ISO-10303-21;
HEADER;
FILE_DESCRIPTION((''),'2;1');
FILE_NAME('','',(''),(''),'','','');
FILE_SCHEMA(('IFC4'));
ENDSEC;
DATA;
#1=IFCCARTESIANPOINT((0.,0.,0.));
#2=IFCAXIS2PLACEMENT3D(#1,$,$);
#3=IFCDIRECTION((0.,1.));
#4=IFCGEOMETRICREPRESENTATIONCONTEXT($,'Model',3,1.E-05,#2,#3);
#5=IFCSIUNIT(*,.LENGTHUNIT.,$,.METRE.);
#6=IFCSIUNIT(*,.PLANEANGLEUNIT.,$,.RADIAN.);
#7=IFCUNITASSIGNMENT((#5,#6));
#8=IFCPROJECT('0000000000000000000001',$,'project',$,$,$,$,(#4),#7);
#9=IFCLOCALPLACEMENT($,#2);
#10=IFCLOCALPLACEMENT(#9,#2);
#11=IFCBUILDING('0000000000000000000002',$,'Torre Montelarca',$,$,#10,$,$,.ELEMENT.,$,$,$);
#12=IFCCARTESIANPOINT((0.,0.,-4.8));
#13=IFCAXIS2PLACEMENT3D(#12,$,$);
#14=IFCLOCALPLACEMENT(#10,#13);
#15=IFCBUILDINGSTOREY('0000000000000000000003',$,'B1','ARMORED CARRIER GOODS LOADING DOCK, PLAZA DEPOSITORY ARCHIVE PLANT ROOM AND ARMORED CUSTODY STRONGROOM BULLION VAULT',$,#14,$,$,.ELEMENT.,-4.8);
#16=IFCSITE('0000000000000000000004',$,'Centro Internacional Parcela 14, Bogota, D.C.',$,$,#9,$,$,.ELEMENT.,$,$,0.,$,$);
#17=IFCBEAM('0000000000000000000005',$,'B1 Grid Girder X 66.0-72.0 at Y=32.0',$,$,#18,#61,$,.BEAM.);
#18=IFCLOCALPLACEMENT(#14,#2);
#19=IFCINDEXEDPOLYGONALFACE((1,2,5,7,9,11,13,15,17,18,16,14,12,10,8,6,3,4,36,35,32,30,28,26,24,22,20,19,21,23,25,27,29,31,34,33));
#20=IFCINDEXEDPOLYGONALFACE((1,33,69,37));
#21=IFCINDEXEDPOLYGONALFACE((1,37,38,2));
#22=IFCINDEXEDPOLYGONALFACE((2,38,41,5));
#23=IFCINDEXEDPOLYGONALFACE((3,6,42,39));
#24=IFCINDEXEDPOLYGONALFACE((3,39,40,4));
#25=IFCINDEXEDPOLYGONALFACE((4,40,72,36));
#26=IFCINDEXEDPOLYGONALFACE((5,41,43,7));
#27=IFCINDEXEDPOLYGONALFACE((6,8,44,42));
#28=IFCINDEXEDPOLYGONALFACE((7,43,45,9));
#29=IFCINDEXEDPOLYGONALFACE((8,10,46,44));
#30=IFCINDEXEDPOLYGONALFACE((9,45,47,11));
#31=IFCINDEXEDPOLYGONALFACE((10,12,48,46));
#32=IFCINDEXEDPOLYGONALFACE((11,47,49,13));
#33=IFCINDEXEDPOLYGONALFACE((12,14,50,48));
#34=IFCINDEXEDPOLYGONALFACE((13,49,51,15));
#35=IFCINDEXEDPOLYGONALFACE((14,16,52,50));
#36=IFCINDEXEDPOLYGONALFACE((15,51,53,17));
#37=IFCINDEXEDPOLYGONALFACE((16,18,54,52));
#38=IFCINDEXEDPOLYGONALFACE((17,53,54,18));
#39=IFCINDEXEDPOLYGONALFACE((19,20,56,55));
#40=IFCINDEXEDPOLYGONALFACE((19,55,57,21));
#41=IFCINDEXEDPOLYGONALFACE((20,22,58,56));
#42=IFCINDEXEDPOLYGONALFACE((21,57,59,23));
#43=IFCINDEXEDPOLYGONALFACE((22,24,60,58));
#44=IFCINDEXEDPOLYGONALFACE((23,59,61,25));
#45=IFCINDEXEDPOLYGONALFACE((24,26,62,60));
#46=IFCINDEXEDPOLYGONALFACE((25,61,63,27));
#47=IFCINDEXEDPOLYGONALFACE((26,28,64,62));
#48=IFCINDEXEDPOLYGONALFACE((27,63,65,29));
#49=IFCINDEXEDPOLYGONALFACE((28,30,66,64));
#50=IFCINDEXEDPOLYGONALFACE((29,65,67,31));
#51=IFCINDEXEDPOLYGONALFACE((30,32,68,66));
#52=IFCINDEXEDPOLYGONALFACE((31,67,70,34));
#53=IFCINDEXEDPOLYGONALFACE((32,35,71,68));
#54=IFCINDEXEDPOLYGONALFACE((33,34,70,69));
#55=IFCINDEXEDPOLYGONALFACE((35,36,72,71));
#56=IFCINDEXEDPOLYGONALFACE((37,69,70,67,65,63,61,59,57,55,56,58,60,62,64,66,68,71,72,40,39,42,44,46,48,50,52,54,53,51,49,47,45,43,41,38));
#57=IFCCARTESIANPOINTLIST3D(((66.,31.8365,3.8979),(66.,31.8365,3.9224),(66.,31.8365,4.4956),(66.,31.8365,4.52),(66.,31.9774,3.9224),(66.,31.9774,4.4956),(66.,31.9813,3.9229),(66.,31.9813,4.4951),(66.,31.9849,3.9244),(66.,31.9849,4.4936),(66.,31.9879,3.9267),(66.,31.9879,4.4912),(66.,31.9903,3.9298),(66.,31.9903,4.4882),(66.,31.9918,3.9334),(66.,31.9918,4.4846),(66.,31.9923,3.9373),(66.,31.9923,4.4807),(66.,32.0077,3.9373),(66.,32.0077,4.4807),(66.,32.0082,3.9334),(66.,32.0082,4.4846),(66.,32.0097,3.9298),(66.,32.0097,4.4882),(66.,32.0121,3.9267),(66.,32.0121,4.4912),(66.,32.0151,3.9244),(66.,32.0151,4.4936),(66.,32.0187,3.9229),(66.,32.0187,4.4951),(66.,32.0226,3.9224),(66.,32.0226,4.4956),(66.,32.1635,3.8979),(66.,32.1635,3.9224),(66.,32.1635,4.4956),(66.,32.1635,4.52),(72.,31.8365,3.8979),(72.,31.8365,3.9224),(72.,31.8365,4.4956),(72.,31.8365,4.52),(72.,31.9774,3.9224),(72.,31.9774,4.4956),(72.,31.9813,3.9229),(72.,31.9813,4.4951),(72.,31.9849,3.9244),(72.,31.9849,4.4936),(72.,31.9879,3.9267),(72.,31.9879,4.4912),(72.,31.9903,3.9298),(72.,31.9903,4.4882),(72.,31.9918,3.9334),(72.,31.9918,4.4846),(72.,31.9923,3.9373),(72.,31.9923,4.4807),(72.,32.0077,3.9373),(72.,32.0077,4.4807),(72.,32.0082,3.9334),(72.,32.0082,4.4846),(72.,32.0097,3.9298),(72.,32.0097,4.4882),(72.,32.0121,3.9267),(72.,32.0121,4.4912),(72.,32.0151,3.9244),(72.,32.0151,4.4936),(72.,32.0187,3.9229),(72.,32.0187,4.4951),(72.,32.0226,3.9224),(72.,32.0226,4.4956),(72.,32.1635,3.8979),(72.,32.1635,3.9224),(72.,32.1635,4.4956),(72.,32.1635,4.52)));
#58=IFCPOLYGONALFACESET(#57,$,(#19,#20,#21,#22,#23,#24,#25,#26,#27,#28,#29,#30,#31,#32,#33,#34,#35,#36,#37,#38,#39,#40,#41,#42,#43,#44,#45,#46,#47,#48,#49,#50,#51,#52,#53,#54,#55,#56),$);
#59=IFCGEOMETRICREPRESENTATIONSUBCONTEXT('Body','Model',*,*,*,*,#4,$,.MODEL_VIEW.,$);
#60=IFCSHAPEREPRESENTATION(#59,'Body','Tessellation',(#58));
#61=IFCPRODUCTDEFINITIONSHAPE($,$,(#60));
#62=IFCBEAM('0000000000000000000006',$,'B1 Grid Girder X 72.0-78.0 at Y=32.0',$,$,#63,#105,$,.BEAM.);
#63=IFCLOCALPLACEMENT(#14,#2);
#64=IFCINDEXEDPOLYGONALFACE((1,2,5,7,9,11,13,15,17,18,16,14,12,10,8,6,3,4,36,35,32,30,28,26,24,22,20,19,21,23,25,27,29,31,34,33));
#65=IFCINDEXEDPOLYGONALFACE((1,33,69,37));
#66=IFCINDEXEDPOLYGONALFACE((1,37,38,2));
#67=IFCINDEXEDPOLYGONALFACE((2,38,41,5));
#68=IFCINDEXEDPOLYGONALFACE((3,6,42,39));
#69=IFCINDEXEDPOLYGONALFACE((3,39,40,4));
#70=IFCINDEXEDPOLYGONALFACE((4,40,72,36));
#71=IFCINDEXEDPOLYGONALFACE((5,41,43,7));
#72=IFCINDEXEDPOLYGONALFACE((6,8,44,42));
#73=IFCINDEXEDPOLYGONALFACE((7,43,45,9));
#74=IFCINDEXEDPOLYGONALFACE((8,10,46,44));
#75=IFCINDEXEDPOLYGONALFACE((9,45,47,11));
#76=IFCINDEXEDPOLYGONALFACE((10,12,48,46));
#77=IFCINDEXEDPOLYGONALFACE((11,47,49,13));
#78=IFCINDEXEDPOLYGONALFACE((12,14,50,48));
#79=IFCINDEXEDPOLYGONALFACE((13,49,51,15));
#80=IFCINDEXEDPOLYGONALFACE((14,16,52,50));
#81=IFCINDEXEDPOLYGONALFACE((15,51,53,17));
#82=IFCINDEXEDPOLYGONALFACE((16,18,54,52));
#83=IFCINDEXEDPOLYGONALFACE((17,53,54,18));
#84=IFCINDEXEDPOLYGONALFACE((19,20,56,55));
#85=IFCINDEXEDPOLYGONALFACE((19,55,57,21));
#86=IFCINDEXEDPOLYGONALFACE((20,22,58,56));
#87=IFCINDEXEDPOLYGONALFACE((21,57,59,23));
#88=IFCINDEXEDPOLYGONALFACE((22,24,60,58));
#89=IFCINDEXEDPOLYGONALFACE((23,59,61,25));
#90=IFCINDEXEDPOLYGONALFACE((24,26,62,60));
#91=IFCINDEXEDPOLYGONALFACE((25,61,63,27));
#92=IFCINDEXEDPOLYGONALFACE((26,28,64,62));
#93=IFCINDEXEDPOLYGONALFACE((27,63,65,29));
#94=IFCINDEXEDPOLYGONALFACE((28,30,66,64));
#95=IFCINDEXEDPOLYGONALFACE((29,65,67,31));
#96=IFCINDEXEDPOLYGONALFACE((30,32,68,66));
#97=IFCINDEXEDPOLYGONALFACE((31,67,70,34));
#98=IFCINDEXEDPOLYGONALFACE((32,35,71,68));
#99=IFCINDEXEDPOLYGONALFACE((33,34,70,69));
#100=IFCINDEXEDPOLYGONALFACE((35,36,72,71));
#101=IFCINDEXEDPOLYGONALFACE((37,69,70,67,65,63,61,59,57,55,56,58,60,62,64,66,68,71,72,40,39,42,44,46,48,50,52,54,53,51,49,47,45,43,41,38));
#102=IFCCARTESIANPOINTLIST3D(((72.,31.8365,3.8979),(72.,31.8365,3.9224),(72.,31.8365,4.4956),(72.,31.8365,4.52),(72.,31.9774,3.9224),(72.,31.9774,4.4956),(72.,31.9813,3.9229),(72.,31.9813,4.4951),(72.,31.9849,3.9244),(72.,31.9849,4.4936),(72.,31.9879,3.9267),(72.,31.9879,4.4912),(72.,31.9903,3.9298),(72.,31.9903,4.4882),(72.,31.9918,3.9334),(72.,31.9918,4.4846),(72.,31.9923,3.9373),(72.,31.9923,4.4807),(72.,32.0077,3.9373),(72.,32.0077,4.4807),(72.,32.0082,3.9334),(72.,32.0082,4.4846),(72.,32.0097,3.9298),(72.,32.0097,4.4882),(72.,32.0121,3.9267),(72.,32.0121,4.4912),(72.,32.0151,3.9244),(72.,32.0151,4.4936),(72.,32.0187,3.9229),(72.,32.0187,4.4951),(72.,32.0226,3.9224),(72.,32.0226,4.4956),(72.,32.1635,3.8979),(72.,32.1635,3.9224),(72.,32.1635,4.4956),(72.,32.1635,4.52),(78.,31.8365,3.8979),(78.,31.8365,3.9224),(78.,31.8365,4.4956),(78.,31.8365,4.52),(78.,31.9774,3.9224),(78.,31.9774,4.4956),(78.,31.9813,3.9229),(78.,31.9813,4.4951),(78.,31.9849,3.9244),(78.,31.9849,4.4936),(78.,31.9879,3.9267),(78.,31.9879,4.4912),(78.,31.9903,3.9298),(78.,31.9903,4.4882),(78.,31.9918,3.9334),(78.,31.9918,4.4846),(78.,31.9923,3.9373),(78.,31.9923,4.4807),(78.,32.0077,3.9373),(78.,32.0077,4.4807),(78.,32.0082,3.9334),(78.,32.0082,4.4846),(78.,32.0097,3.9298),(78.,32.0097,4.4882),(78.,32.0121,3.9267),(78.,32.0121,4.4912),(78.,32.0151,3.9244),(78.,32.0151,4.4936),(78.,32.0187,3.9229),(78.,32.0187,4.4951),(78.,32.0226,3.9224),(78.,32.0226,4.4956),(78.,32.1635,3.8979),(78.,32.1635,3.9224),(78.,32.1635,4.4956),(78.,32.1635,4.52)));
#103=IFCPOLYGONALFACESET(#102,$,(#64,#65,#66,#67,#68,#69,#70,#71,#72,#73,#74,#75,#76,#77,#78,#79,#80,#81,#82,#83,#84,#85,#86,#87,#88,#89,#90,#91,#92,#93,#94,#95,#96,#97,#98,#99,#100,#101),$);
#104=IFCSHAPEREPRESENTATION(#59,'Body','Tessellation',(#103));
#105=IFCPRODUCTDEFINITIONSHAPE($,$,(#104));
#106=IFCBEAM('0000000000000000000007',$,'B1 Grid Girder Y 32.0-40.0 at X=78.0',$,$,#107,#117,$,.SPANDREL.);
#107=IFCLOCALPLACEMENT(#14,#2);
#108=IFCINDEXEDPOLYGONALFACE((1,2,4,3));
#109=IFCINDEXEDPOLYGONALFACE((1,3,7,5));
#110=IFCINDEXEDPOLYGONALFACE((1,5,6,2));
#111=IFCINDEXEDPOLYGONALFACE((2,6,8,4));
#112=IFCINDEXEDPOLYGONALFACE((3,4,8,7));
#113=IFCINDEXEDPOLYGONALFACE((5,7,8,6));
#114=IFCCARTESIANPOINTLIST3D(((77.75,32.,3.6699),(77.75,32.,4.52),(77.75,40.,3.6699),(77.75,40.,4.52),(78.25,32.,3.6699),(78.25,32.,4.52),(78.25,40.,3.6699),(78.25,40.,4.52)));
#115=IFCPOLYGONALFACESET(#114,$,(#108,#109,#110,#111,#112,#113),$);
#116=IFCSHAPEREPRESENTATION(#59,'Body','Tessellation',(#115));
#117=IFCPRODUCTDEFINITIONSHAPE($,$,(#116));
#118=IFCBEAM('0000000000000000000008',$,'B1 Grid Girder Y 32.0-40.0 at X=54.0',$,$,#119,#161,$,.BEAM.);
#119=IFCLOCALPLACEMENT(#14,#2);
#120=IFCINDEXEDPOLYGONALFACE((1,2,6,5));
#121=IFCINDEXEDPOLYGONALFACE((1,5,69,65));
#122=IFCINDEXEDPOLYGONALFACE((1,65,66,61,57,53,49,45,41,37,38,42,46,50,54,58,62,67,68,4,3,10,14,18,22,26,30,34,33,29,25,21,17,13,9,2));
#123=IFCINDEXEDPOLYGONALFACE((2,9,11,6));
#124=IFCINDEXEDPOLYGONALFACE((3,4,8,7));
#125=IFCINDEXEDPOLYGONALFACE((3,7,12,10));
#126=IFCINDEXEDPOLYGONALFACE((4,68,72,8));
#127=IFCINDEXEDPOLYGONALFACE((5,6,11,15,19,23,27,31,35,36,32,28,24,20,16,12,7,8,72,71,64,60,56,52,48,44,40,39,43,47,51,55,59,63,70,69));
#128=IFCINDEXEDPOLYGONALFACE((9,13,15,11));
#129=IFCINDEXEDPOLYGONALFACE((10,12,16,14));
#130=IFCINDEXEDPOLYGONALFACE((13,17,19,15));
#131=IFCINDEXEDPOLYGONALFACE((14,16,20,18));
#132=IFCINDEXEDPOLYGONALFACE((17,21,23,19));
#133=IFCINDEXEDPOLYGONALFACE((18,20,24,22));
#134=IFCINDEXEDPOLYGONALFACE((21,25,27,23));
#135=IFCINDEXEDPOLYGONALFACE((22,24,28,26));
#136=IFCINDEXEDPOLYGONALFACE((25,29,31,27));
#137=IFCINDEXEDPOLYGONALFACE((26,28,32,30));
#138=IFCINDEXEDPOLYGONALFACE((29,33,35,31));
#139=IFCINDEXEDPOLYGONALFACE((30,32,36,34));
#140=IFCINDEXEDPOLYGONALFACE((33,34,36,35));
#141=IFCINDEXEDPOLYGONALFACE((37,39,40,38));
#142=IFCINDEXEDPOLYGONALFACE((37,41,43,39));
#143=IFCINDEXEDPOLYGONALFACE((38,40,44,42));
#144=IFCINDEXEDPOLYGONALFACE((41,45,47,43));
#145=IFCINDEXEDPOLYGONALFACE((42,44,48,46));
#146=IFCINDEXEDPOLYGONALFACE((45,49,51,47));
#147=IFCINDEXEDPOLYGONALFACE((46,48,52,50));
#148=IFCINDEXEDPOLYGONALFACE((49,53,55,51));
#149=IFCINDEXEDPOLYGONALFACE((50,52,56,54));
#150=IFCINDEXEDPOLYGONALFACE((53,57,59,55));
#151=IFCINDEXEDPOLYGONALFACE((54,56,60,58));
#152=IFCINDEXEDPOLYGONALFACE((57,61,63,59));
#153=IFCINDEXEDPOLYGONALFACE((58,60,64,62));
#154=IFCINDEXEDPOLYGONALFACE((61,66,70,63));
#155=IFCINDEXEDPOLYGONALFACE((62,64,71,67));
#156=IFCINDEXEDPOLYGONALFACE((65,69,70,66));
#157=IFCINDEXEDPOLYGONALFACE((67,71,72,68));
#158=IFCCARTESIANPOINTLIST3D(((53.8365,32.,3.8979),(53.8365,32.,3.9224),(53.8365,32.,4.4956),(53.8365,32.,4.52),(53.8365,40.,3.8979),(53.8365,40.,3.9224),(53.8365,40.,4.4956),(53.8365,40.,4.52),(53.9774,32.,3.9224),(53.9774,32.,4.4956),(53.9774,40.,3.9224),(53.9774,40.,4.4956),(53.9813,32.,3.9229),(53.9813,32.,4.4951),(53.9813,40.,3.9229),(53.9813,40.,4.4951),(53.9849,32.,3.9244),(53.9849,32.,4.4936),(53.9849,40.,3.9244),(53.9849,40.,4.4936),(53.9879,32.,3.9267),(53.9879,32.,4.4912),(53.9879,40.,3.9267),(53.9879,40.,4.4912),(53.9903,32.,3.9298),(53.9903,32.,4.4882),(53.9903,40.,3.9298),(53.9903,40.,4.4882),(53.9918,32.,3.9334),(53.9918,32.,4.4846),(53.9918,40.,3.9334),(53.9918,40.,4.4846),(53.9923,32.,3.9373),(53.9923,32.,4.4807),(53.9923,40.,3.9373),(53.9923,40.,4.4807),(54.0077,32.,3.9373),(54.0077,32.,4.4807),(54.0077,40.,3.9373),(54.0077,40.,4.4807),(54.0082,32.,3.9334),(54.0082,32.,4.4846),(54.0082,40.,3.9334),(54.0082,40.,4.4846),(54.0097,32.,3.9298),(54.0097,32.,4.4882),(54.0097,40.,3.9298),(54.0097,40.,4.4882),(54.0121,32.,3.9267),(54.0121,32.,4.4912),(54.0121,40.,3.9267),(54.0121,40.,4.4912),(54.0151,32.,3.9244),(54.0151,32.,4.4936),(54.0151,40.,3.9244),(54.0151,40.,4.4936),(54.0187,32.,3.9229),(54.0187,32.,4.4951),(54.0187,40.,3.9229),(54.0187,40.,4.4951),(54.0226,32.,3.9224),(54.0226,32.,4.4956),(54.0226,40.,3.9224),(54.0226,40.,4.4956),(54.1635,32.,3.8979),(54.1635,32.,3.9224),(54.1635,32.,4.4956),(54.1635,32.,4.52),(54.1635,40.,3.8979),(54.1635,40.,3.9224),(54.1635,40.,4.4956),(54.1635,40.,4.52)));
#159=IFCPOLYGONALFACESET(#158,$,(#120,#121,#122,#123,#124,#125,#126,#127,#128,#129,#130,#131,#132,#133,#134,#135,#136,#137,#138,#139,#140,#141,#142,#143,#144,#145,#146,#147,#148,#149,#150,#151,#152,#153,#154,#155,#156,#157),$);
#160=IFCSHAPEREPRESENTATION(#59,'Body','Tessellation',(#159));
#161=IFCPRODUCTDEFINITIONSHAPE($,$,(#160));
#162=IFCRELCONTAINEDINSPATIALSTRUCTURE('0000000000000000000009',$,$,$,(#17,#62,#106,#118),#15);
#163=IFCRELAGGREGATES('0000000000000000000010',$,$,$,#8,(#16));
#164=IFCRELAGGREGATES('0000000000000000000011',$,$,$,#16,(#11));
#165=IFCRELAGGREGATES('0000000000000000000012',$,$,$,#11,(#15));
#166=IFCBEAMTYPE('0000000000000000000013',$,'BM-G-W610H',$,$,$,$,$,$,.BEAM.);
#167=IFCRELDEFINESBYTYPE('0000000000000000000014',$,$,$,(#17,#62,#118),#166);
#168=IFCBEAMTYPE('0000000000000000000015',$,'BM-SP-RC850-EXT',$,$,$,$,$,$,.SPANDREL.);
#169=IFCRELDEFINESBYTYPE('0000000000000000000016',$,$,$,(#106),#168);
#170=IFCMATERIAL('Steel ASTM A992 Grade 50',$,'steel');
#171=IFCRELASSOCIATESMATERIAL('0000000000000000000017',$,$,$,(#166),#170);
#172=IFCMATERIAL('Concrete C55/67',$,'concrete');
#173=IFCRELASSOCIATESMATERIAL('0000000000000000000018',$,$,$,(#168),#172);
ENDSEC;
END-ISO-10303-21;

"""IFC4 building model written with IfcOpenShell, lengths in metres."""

from ifc_helpers import new_model, si_unit, direction, frame, origin, origin_2d, place, context, subcontext, project, spatial, rectangle, i_section, extrude, source, transform, mapped, material, material_profile, profile_set, type_object, element, save


model = new_model("IFC4")

# Units and contexts
model_context = context("Model", 3, precision=1e-05, world=origin(), true_north=direction((0.0, 1.0)))
body_context = subcontext(model_context, "Body", "Model", "MODEL_VIEW")
ifc_project = project(units=[si_unit("LENGTHUNIT", "METRE"), si_unit("PLANEANGLEUNIT", "RADIAN")], contexts=[model_context])

# Site, building, storey
site_placement = place(None, origin())
site = spatial("IfcSite", under=ifc_project, at=site_placement, Name="Centro Internacional Parcela 14, Bogota, D.C.", CompositionType="ELEMENT", RefElevation=0.0)
building_placement = place(site_placement, origin())
building = spatial("IfcBuilding", under=site, at=building_placement, Name="Torre Montelarca", CompositionType="ELEMENT")
storey_placement = place(building_placement, frame((0.0, 0.0, -4.8)))
storey = spatial("IfcBuildingStorey", under=building, at=storey_placement, Name="B1", Description="ARMORED CARRIER GOODS LOADING DOCK, PLAZA DEPOSITORY ARCHIVE PLANT ROOM AND ARMORED CUSTODY STRONGROOM BULLION VAULT", CompositionType="ELEMENT", Elevation=-4.8)

# Beams
ifc_material_1 = material(Name="Steel ASTM A992 Grade 50", Category="steel")
ifc_material_profile_1 = material_profile(ifc_material_1, i_section(OverallWidth=0.3269, OverallDepth=0.6221, WebThickness=0.0154, FlangeThickness=0.0244, FilletRadius=0.0149, at=origin_2d()), Name="W610X195", Category="steel")
ifc_profile_set_1 = profile_set([ifc_material_profile_1], Name="Steel ASTM A992 Grade 50")
beam_type_1 = type_object("IfcBeamType", Name="BM-G-W610H", PredefinedType="BEAM", material=ifc_profile_set_1)
shared_shape_1 = source(origin(), body_context, "Body", "SweptSolid", [
    extrude(i_section(OverallWidth=0.3269, OverallDepth=0.6221, WebThickness=0.0154, FlangeThickness=0.0244, FilletRadius=0.0149, at=origin_2d()), origin(), (0.0, 0.0, 1.0), 6.0),
])
for number, where, z_axis, x_axis, name in (
    (1, (66.0, 32.0, 4.209), (1.0, 0.0, 0.0), (0.0, 1.0, 0.0), "B1 Grid Girder X 66.0-72.0 at Y=32.0"),
    (2, (72.0, 32.0, 4.209), (1.0, 0.0, 0.0), (0.0, 1.0, 0.0), "B1 Grid Girder X 72.0-78.0 at Y=32.0"),
):
    element("IfcBeam", number, at=place(storey_placement, frame(where, z_axis=z_axis, x_axis=x_axis)), inside=storey, type_object=beam_type_1, Name=name, PredefinedType="BEAM", context=body_context, shape_type="MappedRepresentation", body=[
        mapped(shared_shape_1, transform((0.0, 0.0, 0.0), scale=1.0)),
    ])
ifc_material_2 = material(Name="Concrete C55/67", Category="concrete")
ifc_material_profile_2 = material_profile(ifc_material_2, rectangle(XDim=0.5, YDim=0.8501, at=origin_2d()), Name="RCB500X850", Category="concrete")
ifc_profile_set_2 = profile_set([ifc_material_profile_2], Name="Concrete C55/67")
beam_type_2 = type_object("IfcBeamType", Name="BM-SP-RC850-EXT", PredefinedType="SPANDREL", material=ifc_profile_set_2)
shared_shape_2 = source(origin(), body_context, "Body", "SweptSolid", [
    extrude(rectangle(XDim=0.5, YDim=0.8501, at=origin_2d()), origin(), (0.0, 0.0, 1.0), 8.0),
])
beam_1_placement = place(storey_placement, frame((78.0, 32.0, 4.095), z_axis=(0.0, 1.0, 0.0), x_axis=(-1.0, 0.0, 0.0)))
element("IfcBeam", 3, at=beam_1_placement, inside=storey, type_object=beam_type_2, Name="B1 Grid Girder Y 32.0-40.0 at X=78.0", PredefinedType="SPANDREL", context=body_context, shape_type="MappedRepresentation", body=[
    mapped(shared_shape_2, transform((0.0, 0.0, 0.0), scale=1.0)),
])
shared_shape_3 = source(origin(), body_context, "Body", "SweptSolid", [
    extrude(i_section(OverallWidth=0.3269, OverallDepth=0.6221, WebThickness=0.0154, FlangeThickness=0.0244, FilletRadius=0.0149, at=origin_2d()), origin(), (0.0, 0.0, 1.0), 8.0),
])
for number, where, z_axis, x_axis, name in (
    (4, (54.0, 32.0, 4.209), (0.0, 1.0, 0.0), (-1.0, 0.0, 0.0), "B1 Grid Girder Y 32.0-40.0 at X=54.0"),
):
    element("IfcBeam", number, at=place(storey_placement, frame(where, z_axis=z_axis, x_axis=x_axis)), inside=storey, type_object=beam_type_1, Name=name, PredefinedType="BEAM", context=body_context, shape_type="MappedRepresentation", body=[
        mapped(shared_shape_3, transform((0.0, 0.0, 0.0), scale=1.0)),
    ])

save(model, "model.ifc")
